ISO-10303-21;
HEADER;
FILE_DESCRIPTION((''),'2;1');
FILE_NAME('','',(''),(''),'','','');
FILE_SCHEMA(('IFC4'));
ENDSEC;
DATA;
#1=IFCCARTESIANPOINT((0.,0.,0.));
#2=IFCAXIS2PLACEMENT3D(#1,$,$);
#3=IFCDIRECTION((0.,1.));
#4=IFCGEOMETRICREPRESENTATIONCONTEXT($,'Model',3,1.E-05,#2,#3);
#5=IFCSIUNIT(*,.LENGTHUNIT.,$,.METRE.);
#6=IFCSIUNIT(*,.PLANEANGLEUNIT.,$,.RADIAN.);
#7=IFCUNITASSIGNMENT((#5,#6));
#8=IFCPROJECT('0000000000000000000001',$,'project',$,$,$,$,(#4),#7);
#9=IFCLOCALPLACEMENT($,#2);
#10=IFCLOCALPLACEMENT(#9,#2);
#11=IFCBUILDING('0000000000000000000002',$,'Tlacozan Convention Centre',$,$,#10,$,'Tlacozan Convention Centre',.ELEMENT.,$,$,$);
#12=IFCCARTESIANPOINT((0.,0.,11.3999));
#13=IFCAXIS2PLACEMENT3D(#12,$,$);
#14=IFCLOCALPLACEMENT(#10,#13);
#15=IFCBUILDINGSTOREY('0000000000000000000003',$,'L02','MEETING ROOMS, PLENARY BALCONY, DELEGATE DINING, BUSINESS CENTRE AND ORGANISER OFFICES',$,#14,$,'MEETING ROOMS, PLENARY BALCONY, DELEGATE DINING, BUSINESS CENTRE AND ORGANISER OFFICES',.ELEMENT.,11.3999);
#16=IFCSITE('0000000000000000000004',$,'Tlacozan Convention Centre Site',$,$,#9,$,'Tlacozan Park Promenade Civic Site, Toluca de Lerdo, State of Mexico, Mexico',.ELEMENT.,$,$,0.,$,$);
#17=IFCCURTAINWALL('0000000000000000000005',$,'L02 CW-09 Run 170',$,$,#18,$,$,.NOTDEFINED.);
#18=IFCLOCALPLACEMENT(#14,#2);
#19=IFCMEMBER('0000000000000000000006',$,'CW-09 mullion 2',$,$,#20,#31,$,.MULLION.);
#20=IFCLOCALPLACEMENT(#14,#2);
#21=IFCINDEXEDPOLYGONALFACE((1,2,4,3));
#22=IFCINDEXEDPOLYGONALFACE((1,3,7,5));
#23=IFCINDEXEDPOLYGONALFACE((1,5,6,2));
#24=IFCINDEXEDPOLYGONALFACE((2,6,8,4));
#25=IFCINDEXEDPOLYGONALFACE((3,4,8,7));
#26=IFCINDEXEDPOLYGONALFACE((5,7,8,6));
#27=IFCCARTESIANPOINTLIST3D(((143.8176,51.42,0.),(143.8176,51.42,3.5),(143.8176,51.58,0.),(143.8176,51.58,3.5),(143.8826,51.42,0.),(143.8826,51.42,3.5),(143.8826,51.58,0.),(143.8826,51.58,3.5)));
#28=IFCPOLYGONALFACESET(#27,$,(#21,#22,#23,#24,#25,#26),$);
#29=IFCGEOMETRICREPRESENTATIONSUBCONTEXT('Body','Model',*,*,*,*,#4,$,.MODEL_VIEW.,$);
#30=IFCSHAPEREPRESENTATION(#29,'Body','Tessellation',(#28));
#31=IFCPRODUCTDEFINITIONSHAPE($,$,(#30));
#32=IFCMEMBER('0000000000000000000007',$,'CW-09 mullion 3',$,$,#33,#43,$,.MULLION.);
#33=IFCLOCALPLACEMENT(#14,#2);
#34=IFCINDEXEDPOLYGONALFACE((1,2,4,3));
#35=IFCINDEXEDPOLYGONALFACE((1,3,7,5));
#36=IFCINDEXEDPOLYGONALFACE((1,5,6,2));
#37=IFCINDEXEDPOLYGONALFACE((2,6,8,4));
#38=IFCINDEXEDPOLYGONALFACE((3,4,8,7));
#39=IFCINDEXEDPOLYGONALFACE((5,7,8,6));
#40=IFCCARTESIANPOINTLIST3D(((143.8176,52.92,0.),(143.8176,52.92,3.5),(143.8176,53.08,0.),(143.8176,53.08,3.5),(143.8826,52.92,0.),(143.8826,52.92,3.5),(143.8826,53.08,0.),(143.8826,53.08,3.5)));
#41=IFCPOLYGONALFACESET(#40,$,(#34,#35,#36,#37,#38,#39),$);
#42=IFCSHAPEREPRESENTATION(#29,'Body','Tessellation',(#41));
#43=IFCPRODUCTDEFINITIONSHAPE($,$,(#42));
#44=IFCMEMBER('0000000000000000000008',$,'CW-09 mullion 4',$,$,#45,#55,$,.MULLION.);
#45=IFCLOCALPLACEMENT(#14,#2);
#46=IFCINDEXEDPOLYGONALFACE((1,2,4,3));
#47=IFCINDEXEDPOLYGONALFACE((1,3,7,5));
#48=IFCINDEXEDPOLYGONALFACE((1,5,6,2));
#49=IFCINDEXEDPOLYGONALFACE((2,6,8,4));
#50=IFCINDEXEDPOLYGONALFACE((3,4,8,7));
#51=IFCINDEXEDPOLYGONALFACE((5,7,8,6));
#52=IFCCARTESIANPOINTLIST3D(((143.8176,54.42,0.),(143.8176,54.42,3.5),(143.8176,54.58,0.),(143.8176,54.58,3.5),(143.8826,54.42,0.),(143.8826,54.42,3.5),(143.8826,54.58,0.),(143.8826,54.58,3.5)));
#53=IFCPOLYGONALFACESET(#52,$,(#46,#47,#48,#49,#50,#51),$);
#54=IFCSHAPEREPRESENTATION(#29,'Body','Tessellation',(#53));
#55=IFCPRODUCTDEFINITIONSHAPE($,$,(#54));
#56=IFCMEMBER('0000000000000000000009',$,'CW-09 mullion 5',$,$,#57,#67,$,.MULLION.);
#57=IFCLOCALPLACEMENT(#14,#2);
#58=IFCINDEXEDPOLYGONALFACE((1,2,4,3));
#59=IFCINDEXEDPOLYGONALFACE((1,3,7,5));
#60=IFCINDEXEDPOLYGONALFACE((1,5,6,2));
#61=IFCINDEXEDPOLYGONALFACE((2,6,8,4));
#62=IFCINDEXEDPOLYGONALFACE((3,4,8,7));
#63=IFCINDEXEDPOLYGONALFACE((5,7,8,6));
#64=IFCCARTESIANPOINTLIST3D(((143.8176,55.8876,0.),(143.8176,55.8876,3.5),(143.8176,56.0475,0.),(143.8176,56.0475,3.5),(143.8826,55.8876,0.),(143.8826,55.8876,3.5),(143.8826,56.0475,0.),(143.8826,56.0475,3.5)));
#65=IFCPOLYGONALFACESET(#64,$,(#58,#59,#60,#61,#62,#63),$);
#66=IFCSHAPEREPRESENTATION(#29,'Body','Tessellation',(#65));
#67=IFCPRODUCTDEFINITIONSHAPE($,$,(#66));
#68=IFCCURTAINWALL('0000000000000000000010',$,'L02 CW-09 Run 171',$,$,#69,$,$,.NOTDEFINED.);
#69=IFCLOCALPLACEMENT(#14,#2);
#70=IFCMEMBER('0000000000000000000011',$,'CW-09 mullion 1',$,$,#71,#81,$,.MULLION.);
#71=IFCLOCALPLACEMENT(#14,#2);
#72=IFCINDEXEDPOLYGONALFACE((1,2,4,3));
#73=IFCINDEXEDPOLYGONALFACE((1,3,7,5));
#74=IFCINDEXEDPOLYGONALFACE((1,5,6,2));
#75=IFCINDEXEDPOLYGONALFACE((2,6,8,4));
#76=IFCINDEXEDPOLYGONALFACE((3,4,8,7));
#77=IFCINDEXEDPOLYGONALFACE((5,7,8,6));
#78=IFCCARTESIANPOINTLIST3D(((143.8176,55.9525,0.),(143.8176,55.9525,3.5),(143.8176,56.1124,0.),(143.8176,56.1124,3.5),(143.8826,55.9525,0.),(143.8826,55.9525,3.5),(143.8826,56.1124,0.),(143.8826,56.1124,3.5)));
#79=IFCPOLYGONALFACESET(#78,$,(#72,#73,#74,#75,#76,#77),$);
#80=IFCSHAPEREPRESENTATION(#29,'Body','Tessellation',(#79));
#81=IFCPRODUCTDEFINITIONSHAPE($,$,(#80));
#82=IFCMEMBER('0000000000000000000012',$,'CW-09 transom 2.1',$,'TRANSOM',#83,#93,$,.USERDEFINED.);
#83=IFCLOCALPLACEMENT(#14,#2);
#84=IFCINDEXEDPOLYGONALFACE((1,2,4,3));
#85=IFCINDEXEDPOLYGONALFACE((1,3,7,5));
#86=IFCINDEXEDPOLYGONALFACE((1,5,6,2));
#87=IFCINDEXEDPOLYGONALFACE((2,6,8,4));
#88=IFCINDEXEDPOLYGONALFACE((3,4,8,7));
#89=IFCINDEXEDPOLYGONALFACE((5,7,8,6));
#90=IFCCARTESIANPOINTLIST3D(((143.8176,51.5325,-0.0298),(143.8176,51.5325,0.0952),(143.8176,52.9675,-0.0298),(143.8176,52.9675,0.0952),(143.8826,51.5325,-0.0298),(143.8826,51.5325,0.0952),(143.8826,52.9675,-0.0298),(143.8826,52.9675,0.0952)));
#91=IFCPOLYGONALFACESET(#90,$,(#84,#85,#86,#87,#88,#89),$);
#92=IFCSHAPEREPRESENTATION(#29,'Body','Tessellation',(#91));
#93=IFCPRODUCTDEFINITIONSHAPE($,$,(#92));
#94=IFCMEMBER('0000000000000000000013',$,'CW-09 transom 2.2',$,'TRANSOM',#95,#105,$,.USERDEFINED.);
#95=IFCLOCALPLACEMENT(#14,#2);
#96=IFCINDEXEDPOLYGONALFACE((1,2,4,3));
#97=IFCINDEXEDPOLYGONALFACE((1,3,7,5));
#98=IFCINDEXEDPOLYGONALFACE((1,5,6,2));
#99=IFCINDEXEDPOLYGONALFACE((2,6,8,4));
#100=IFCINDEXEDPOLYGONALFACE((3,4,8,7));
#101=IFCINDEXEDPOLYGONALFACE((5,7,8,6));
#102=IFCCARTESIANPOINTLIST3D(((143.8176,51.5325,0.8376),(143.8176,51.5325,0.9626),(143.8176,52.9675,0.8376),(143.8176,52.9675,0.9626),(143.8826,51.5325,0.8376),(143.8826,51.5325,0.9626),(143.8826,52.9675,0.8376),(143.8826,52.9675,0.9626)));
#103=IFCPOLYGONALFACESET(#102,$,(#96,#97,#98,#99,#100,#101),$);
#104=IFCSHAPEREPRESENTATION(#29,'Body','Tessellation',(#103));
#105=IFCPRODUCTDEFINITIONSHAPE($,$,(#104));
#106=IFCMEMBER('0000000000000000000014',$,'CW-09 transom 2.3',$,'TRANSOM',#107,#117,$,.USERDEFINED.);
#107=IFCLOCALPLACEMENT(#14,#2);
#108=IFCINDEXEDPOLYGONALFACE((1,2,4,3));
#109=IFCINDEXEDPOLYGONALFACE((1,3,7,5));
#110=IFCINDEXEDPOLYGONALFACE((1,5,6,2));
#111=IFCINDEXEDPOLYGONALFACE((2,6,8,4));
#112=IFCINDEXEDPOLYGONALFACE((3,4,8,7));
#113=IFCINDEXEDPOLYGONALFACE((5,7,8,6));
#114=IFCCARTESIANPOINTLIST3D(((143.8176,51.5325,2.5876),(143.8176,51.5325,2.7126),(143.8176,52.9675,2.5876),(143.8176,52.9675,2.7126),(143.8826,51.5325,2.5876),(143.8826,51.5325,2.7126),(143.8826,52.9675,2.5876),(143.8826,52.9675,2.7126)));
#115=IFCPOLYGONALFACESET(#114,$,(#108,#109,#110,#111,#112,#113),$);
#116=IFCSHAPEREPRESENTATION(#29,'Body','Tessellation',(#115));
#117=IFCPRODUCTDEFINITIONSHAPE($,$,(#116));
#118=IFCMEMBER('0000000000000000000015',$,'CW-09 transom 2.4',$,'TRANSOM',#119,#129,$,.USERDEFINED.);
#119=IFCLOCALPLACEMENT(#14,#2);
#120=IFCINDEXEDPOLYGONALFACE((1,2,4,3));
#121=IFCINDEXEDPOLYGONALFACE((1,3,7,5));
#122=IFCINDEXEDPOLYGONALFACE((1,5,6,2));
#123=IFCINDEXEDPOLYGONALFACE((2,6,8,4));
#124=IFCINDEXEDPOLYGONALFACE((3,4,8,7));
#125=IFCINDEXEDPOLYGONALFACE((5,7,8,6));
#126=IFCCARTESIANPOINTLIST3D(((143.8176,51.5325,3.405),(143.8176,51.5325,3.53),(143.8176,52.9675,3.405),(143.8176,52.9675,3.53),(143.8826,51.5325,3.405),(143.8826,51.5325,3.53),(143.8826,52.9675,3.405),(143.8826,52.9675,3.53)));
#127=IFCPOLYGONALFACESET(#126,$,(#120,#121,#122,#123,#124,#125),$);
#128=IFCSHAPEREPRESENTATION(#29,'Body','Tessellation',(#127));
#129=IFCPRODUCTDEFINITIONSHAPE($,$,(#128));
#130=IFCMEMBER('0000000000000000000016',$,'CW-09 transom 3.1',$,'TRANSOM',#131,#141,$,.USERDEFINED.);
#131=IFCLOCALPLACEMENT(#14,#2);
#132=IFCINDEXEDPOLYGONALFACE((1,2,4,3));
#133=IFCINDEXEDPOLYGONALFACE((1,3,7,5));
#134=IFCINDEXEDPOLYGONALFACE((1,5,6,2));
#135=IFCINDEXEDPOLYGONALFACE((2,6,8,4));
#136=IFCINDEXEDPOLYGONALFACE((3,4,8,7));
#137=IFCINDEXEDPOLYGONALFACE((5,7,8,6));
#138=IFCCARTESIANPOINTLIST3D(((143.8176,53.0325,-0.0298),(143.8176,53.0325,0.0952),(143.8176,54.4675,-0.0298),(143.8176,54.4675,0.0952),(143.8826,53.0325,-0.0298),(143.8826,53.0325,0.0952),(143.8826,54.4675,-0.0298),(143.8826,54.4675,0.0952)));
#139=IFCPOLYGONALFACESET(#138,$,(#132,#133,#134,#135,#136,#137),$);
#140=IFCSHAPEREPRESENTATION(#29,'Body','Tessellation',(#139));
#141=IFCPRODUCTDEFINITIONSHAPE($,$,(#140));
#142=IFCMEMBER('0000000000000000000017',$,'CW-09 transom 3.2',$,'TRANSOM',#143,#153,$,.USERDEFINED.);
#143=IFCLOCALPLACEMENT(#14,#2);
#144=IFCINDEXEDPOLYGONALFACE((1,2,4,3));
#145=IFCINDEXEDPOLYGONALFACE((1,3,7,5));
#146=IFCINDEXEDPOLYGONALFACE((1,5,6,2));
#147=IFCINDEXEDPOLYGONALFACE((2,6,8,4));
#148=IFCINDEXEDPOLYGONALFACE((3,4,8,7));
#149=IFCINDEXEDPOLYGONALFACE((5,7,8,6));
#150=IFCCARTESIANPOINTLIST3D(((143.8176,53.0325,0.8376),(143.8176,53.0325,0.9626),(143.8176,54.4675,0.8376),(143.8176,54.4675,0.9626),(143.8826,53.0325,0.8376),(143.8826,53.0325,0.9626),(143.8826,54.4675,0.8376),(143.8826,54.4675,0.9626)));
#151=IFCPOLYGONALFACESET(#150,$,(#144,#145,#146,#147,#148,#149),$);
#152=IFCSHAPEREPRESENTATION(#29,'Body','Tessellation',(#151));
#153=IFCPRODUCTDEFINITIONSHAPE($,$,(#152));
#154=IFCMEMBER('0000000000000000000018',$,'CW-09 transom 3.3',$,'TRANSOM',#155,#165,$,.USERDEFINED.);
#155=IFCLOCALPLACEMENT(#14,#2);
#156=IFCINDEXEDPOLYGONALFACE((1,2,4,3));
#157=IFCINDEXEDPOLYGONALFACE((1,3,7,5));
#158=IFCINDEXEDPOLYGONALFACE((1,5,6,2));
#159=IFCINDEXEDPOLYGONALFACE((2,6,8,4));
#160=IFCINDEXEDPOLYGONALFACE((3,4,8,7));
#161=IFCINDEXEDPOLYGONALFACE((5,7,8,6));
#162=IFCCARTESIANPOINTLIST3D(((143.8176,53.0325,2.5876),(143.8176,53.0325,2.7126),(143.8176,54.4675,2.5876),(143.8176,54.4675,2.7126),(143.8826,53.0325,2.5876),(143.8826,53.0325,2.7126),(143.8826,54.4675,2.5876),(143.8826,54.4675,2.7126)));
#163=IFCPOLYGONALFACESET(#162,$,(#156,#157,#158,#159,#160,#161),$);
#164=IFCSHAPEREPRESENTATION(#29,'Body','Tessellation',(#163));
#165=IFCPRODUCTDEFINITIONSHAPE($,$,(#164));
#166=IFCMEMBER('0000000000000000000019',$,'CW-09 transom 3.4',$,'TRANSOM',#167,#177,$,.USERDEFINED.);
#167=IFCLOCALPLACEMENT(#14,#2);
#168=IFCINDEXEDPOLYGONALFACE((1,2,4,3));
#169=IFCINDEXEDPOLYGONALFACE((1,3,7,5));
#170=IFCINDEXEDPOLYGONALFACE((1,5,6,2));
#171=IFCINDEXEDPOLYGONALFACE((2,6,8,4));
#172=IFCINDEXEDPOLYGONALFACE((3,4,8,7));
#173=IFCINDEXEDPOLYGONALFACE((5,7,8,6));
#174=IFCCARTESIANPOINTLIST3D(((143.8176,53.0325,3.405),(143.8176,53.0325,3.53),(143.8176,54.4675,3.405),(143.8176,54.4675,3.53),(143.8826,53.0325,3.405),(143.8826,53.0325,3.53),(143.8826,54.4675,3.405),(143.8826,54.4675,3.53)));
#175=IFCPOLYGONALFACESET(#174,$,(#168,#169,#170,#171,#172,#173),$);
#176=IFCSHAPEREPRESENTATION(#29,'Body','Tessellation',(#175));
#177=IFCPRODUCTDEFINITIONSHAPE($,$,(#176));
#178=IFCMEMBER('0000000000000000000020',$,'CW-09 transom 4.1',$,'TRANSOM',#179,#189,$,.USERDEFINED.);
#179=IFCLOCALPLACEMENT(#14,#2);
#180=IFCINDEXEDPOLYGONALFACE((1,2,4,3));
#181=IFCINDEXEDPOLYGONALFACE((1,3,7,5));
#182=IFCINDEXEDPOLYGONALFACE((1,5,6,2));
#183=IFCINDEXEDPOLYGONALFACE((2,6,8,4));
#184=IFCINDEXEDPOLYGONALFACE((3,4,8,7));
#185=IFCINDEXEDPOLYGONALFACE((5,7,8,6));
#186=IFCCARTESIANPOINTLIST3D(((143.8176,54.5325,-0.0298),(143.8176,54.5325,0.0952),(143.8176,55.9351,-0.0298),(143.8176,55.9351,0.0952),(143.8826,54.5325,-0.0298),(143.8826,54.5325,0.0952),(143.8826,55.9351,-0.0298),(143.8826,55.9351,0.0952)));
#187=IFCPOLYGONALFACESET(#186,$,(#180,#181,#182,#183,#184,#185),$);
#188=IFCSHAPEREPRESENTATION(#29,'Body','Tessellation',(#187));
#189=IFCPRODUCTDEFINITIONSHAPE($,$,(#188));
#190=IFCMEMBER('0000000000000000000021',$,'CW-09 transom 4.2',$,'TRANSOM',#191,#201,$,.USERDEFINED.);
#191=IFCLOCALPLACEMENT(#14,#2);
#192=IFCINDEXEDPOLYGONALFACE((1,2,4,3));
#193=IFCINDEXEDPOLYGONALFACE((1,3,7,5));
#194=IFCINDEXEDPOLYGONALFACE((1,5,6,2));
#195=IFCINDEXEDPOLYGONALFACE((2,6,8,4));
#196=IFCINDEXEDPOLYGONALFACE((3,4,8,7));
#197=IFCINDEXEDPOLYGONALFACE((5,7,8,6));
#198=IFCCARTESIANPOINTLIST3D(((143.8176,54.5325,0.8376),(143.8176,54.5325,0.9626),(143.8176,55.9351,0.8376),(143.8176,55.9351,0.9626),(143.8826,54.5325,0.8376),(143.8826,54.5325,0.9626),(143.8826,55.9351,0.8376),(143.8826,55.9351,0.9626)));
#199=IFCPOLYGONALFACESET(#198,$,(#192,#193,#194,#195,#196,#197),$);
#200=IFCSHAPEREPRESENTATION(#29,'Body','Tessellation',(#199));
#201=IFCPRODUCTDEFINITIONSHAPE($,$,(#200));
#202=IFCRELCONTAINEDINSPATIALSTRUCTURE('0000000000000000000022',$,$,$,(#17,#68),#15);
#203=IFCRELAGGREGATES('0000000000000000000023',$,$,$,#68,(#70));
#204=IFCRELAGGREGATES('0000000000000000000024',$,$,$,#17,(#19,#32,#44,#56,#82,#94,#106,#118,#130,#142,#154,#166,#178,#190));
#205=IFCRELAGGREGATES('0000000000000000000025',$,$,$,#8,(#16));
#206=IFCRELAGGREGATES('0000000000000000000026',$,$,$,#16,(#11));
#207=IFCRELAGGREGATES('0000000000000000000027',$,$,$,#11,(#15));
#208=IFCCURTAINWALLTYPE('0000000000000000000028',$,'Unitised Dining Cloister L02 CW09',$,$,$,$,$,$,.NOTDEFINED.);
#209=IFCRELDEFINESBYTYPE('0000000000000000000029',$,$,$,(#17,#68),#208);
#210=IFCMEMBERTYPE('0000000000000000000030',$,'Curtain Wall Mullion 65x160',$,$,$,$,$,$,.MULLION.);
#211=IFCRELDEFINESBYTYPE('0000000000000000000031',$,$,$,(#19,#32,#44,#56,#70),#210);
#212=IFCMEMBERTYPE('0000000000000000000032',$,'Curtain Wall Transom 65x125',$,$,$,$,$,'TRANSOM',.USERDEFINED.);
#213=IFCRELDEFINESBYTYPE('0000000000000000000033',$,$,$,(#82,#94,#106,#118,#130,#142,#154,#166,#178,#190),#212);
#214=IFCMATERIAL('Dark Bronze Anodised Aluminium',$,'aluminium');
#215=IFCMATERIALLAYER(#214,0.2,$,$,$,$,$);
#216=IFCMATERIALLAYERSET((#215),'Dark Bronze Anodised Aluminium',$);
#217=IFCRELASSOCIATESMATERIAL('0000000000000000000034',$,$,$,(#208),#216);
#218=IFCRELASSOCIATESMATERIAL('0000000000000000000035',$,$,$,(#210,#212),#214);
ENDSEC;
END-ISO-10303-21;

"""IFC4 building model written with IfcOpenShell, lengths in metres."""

from ifc_helpers import new_model, si_unit, direction, frame, origin, origin_2d, place, context, subcontext, project, spatial, rectangle, extrude, material, layer, layer_set, material_profile, profile_set, type_object, element, aggregate, save


model = new_model("IFC4")

# Units and contexts
model_context = context("Model", 3, precision=1e-05, world=origin(), true_north=direction((0.0, 1.0)))
body_context = subcontext(model_context, "Body", "Model", "MODEL_VIEW")
ifc_project = project(units=[si_unit("LENGTHUNIT", "METRE"), si_unit("PLANEANGLEUNIT", "RADIAN")], contexts=[model_context])

# Site, building, storey
site_placement = place(None, origin())
site = spatial("IfcSite", under=ifc_project, at=site_placement, Name="Tlacozan Convention Centre Site", LongName="Tlacozan Park Promenade Civic Site, Toluca de Lerdo, State of Mexico, Mexico", CompositionType="ELEMENT", RefElevation=0.0)
building_placement = place(site_placement, origin())
building = spatial("IfcBuilding", under=site, at=building_placement, Name="Tlacozan Convention Centre", LongName="Tlacozan Convention Centre", CompositionType="ELEMENT")
storey_placement = place(building_placement, frame((0.0, 0.0, 11.3999)))
storey = spatial("IfcBuildingStorey", under=building, at=storey_placement, Name="L02", Description="MEETING ROOMS, PLENARY BALCONY, DELEGATE DINING, BUSINESS CENTRE AND ORGANISER OFFICES", LongName="MEETING ROOMS, PLENARY BALCONY, DELEGATE DINING, BUSINESS CENTRE AND ORGANISER OFFICES", CompositionType="ELEMENT", Elevation=11.3999)

# Curtain wall, members
ifc_material_1 = material(Name="Dark Bronze Anodised Aluminium", Category="aluminium")
ifc_layer_1 = layer(ifc_material_1, 0.2)
ifc_layer_set_1 = layer_set([ifc_layer_1], Name="Dark Bronze Anodised Aluminium")
curtain_wall_type = type_object("IfcCurtainWallType", Name="Unitised Dining Cloister L02 CW09", PredefinedType="NOTDEFINED", material=ifc_layer_set_1)
curtain_wall_1_placement = place(storey_placement, origin())
curtain_wall_1 = element("IfcCurtainWall", 1, at=curtain_wall_1_placement, inside=storey, type_object=curtain_wall_type, Name="L02 CW-09 Run 170", PredefinedType="NOTDEFINED")
ifc_material_profile_1 = material_profile(ifc_material_1, rectangle(XDim=0.0649, YDim=0.1599, at=origin_2d()), Name="ALU 65x160")
ifc_profile_set_1 = profile_set([ifc_material_profile_1], Name="Dark Bronze Anodised Aluminium")
member_type_1 = type_object("IfcMemberType", Name="Curtain Wall Mullion 65x160", PredefinedType="MULLION", material=ifc_profile_set_1)
member_1_placement = place(storey_placement, frame((143.8501, 51.5, 0.0), z_axis=(0.0, 0.0, 1.0), x_axis=(-1.0, 0.0, 0.0)))
member_1 = element("IfcMember", 2, at=member_1_placement, type_object=member_type_1, Name="CW-09 mullion 2", PredefinedType="MULLION", context=body_context, shape_type="SweptSolid", body=[
    extrude(rectangle(XDim=0.0649, YDim=0.1599, at=origin_2d()), origin(), (0.0, 0.0, 1.0), 3.5),
])
member_2_placement = place(storey_placement, frame((143.8501, 53.0, 0.0), z_axis=(0.0, 0.0, 1.0), x_axis=(-1.0, 0.0, 0.0)))
member_2 = element("IfcMember", 3, at=member_2_placement, type_object=member_type_1, Name="CW-09 mullion 3", PredefinedType="MULLION", context=body_context, shape_type="SweptSolid", body=[
    extrude(rectangle(XDim=0.0649, YDim=0.1599, at=origin_2d()), origin(), (0.0, 0.0, 1.0), 3.5),
])
member_3_placement = place(storey_placement, frame((143.8501, 54.5, 0.0), z_axis=(0.0, 0.0, 1.0), x_axis=(-1.0, 0.0, 0.0)))
member_3 = element("IfcMember", 4, at=member_3_placement, type_object=member_type_1, Name="CW-09 mullion 4", PredefinedType="MULLION", context=body_context, shape_type="SweptSolid", body=[
    extrude(rectangle(XDim=0.0649, YDim=0.1599, at=origin_2d()), origin(), (0.0, 0.0, 1.0), 3.5),
])
member_4_placement = place(storey_placement, frame((143.8501, 55.9675, 0.0), z_axis=(0.0, 0.0, 1.0), x_axis=(-1.0, 0.0, 0.0)))
member_4 = element("IfcMember", 5, at=member_4_placement, type_object=member_type_1, Name="CW-09 mullion 5", PredefinedType="MULLION", context=body_context, shape_type="SweptSolid", body=[
    extrude(rectangle(XDim=0.0649, YDim=0.1599, at=origin_2d()), origin(), (0.0, 0.0, 1.0), 3.5),
])

# Curtain wall, member
curtain_wall_2_placement = place(storey_placement, origin())
curtain_wall_2 = element("IfcCurtainWall", 6, at=curtain_wall_2_placement, inside=storey, type_object=curtain_wall_type, Name="L02 CW-09 Run 171", PredefinedType="NOTDEFINED")
member_5_placement = place(storey_placement, frame((143.8501, 56.0325, 0.0), z_axis=(0.0, 0.0, 1.0), x_axis=(-1.0, 0.0, 0.0)))
member_5 = element("IfcMember", 7, at=member_5_placement, type_object=member_type_1, Name="CW-09 mullion 1", PredefinedType="MULLION", context=body_context, shape_type="SweptSolid", body=[
    extrude(rectangle(XDim=0.0649, YDim=0.1599, at=origin_2d()), origin(), (0.0, 0.0, 1.0), 3.5),
])

# Members
ifc_material_profile_2 = material_profile(ifc_material_1, rectangle(XDim=0.0649, YDim=0.125, at=origin_2d()), Name="ALU 65x125")
ifc_profile_set_2 = profile_set([ifc_material_profile_2], Name="Dark Bronze Anodised Aluminium")
member_type_2 = type_object("IfcMemberType", Name="Curtain Wall Transom 65x125", ElementType="TRANSOM", PredefinedType="USERDEFINED", material=ifc_profile_set_2)
member_6_placement = place(storey_placement, frame((143.8501, 51.5325, 0.0327), z_axis=(0.0, 1.0, 0.0), x_axis=(-1.0, 0.0, 0.0)))
member_6 = element("IfcMember", 8, at=member_6_placement, type_object=member_type_2, Name="CW-09 transom 2.1", ObjectType="TRANSOM", PredefinedType="USERDEFINED", context=body_context, shape_type="SweptSolid", body=[
    extrude(rectangle(XDim=0.0649, YDim=0.125, at=origin_2d()), origin(), (0.0, 0.0, 1.0), 1.4351),
])
member_7_placement = place(storey_placement, frame((143.8501, 51.5325, 0.9001), z_axis=(0.0, 1.0, 0.0), x_axis=(-1.0, 0.0, 0.0)))
member_7 = element("IfcMember", 9, at=member_7_placement, type_object=member_type_2, Name="CW-09 transom 2.2", ObjectType="TRANSOM", PredefinedType="USERDEFINED", context=body_context, shape_type="SweptSolid", body=[
    extrude(rectangle(XDim=0.0649, YDim=0.125, at=origin_2d()), origin(), (0.0, 0.0, 1.0), 1.4351),
])
member_8_placement = place(storey_placement, frame((143.8501, 51.5325, 2.6501), z_axis=(0.0, 1.0, 0.0), x_axis=(-1.0, 0.0, 0.0)))
member_8 = element("IfcMember", 10, at=member_8_placement, type_object=member_type_2, Name="CW-09 transom 2.3", ObjectType="TRANSOM", PredefinedType="USERDEFINED", context=body_context, shape_type="SweptSolid", body=[
    extrude(rectangle(XDim=0.0649, YDim=0.125, at=origin_2d()), origin(), (0.0, 0.0, 1.0), 1.4351),
])
member_9_placement = place(storey_placement, frame((143.8501, 51.5325, 3.4675), z_axis=(0.0, 1.0, 0.0), x_axis=(-1.0, 0.0, 0.0)))
member_9 = element("IfcMember", 11, at=member_9_placement, type_object=member_type_2, Name="CW-09 transom 2.4", ObjectType="TRANSOM", PredefinedType="USERDEFINED", context=body_context, shape_type="SweptSolid", body=[
    extrude(rectangle(XDim=0.0649, YDim=0.125, at=origin_2d()), origin(), (0.0, 0.0, 1.0), 1.4351),
])
member_10_placement = place(storey_placement, frame((143.8501, 53.0325, 0.0327), z_axis=(0.0, 1.0, 0.0), x_axis=(-1.0, 0.0, 0.0)))
member_10 = element("IfcMember", 12, at=member_10_placement, type_object=member_type_2, Name="CW-09 transom 3.1", ObjectType="TRANSOM", PredefinedType="USERDEFINED", context=body_context, shape_type="SweptSolid", body=[
    extrude(rectangle(XDim=0.0649, YDim=0.125, at=origin_2d()), origin(), (0.0, 0.0, 1.0), 1.4351),
])
member_11_placement = place(storey_placement, frame((143.8501, 53.0325, 0.9001), z_axis=(0.0, 1.0, 0.0), x_axis=(-1.0, 0.0, 0.0)))
member_11 = element("IfcMember", 13, at=member_11_placement, type_object=member_type_2, Name="CW-09 transom 3.2", ObjectType="TRANSOM", PredefinedType="USERDEFINED", context=body_context, shape_type="SweptSolid", body=[
    extrude(rectangle(XDim=0.0649, YDim=0.125, at=origin_2d()), origin(), (0.0, 0.0, 1.0), 1.4351),
])
member_12_placement = place(storey_placement, frame((143.8501, 53.0325, 2.6501), z_axis=(0.0, 1.0, 0.0), x_axis=(-1.0, 0.0, 0.0)))
member_12 = element("IfcMember", 14, at=member_12_placement, type_object=member_type_2, Name="CW-09 transom 3.3", ObjectType="TRANSOM", PredefinedType="USERDEFINED", context=body_context, shape_type="SweptSolid", body=[
    extrude(rectangle(XDim=0.0649, YDim=0.125, at=origin_2d()), origin(), (0.0, 0.0, 1.0), 1.4351),
])
member_13_placement = place(storey_placement, frame((143.8501, 53.0325, 3.4675), z_axis=(0.0, 1.0, 0.0), x_axis=(-1.0, 0.0, 0.0)))
member_13 = element("IfcMember", 15, at=member_13_placement, type_object=member_type_2, Name="CW-09 transom 3.4", ObjectType="TRANSOM", PredefinedType="USERDEFINED", context=body_context, shape_type="SweptSolid", body=[
    extrude(rectangle(XDim=0.0649, YDim=0.125, at=origin_2d()), origin(), (0.0, 0.0, 1.0), 1.4351),
])
member_14_placement = place(storey_placement, frame((143.8501, 54.5325, 0.0327), z_axis=(0.0, 1.0, 0.0), x_axis=(-1.0, 0.0, 0.0)))
member_14 = element("IfcMember", 16, at=member_14_placement, type_object=member_type_2, Name="CW-09 transom 4.1", ObjectType="TRANSOM", PredefinedType="USERDEFINED", context=body_context, shape_type="SweptSolid", body=[
    extrude(rectangle(XDim=0.0649, YDim=0.125, at=origin_2d()), origin(), (0.0, 0.0, 1.0), 1.4026),
])
member_15_placement = place(storey_placement, frame((143.8501, 54.5325, 0.9001), z_axis=(0.0, 1.0, 0.0), x_axis=(-1.0, 0.0, 0.0)))
member_15 = element("IfcMember", 17, at=member_15_placement, type_object=member_type_2, Name="CW-09 transom 4.2", ObjectType="TRANSOM", PredefinedType="USERDEFINED", context=body_context, shape_type="SweptSolid", body=[
    extrude(rectangle(XDim=0.0649, YDim=0.125, at=origin_2d()), origin(), (0.0, 0.0, 1.0), 1.4026),
])
aggregate(curtain_wall_2, [member_5])

aggregate(curtain_wall_1, [member_1, member_2, member_3, member_4, member_6, member_7, member_8, member_9, member_10, member_11, member_12, member_13, member_14, member_15])

save(model, "model.ifc")
